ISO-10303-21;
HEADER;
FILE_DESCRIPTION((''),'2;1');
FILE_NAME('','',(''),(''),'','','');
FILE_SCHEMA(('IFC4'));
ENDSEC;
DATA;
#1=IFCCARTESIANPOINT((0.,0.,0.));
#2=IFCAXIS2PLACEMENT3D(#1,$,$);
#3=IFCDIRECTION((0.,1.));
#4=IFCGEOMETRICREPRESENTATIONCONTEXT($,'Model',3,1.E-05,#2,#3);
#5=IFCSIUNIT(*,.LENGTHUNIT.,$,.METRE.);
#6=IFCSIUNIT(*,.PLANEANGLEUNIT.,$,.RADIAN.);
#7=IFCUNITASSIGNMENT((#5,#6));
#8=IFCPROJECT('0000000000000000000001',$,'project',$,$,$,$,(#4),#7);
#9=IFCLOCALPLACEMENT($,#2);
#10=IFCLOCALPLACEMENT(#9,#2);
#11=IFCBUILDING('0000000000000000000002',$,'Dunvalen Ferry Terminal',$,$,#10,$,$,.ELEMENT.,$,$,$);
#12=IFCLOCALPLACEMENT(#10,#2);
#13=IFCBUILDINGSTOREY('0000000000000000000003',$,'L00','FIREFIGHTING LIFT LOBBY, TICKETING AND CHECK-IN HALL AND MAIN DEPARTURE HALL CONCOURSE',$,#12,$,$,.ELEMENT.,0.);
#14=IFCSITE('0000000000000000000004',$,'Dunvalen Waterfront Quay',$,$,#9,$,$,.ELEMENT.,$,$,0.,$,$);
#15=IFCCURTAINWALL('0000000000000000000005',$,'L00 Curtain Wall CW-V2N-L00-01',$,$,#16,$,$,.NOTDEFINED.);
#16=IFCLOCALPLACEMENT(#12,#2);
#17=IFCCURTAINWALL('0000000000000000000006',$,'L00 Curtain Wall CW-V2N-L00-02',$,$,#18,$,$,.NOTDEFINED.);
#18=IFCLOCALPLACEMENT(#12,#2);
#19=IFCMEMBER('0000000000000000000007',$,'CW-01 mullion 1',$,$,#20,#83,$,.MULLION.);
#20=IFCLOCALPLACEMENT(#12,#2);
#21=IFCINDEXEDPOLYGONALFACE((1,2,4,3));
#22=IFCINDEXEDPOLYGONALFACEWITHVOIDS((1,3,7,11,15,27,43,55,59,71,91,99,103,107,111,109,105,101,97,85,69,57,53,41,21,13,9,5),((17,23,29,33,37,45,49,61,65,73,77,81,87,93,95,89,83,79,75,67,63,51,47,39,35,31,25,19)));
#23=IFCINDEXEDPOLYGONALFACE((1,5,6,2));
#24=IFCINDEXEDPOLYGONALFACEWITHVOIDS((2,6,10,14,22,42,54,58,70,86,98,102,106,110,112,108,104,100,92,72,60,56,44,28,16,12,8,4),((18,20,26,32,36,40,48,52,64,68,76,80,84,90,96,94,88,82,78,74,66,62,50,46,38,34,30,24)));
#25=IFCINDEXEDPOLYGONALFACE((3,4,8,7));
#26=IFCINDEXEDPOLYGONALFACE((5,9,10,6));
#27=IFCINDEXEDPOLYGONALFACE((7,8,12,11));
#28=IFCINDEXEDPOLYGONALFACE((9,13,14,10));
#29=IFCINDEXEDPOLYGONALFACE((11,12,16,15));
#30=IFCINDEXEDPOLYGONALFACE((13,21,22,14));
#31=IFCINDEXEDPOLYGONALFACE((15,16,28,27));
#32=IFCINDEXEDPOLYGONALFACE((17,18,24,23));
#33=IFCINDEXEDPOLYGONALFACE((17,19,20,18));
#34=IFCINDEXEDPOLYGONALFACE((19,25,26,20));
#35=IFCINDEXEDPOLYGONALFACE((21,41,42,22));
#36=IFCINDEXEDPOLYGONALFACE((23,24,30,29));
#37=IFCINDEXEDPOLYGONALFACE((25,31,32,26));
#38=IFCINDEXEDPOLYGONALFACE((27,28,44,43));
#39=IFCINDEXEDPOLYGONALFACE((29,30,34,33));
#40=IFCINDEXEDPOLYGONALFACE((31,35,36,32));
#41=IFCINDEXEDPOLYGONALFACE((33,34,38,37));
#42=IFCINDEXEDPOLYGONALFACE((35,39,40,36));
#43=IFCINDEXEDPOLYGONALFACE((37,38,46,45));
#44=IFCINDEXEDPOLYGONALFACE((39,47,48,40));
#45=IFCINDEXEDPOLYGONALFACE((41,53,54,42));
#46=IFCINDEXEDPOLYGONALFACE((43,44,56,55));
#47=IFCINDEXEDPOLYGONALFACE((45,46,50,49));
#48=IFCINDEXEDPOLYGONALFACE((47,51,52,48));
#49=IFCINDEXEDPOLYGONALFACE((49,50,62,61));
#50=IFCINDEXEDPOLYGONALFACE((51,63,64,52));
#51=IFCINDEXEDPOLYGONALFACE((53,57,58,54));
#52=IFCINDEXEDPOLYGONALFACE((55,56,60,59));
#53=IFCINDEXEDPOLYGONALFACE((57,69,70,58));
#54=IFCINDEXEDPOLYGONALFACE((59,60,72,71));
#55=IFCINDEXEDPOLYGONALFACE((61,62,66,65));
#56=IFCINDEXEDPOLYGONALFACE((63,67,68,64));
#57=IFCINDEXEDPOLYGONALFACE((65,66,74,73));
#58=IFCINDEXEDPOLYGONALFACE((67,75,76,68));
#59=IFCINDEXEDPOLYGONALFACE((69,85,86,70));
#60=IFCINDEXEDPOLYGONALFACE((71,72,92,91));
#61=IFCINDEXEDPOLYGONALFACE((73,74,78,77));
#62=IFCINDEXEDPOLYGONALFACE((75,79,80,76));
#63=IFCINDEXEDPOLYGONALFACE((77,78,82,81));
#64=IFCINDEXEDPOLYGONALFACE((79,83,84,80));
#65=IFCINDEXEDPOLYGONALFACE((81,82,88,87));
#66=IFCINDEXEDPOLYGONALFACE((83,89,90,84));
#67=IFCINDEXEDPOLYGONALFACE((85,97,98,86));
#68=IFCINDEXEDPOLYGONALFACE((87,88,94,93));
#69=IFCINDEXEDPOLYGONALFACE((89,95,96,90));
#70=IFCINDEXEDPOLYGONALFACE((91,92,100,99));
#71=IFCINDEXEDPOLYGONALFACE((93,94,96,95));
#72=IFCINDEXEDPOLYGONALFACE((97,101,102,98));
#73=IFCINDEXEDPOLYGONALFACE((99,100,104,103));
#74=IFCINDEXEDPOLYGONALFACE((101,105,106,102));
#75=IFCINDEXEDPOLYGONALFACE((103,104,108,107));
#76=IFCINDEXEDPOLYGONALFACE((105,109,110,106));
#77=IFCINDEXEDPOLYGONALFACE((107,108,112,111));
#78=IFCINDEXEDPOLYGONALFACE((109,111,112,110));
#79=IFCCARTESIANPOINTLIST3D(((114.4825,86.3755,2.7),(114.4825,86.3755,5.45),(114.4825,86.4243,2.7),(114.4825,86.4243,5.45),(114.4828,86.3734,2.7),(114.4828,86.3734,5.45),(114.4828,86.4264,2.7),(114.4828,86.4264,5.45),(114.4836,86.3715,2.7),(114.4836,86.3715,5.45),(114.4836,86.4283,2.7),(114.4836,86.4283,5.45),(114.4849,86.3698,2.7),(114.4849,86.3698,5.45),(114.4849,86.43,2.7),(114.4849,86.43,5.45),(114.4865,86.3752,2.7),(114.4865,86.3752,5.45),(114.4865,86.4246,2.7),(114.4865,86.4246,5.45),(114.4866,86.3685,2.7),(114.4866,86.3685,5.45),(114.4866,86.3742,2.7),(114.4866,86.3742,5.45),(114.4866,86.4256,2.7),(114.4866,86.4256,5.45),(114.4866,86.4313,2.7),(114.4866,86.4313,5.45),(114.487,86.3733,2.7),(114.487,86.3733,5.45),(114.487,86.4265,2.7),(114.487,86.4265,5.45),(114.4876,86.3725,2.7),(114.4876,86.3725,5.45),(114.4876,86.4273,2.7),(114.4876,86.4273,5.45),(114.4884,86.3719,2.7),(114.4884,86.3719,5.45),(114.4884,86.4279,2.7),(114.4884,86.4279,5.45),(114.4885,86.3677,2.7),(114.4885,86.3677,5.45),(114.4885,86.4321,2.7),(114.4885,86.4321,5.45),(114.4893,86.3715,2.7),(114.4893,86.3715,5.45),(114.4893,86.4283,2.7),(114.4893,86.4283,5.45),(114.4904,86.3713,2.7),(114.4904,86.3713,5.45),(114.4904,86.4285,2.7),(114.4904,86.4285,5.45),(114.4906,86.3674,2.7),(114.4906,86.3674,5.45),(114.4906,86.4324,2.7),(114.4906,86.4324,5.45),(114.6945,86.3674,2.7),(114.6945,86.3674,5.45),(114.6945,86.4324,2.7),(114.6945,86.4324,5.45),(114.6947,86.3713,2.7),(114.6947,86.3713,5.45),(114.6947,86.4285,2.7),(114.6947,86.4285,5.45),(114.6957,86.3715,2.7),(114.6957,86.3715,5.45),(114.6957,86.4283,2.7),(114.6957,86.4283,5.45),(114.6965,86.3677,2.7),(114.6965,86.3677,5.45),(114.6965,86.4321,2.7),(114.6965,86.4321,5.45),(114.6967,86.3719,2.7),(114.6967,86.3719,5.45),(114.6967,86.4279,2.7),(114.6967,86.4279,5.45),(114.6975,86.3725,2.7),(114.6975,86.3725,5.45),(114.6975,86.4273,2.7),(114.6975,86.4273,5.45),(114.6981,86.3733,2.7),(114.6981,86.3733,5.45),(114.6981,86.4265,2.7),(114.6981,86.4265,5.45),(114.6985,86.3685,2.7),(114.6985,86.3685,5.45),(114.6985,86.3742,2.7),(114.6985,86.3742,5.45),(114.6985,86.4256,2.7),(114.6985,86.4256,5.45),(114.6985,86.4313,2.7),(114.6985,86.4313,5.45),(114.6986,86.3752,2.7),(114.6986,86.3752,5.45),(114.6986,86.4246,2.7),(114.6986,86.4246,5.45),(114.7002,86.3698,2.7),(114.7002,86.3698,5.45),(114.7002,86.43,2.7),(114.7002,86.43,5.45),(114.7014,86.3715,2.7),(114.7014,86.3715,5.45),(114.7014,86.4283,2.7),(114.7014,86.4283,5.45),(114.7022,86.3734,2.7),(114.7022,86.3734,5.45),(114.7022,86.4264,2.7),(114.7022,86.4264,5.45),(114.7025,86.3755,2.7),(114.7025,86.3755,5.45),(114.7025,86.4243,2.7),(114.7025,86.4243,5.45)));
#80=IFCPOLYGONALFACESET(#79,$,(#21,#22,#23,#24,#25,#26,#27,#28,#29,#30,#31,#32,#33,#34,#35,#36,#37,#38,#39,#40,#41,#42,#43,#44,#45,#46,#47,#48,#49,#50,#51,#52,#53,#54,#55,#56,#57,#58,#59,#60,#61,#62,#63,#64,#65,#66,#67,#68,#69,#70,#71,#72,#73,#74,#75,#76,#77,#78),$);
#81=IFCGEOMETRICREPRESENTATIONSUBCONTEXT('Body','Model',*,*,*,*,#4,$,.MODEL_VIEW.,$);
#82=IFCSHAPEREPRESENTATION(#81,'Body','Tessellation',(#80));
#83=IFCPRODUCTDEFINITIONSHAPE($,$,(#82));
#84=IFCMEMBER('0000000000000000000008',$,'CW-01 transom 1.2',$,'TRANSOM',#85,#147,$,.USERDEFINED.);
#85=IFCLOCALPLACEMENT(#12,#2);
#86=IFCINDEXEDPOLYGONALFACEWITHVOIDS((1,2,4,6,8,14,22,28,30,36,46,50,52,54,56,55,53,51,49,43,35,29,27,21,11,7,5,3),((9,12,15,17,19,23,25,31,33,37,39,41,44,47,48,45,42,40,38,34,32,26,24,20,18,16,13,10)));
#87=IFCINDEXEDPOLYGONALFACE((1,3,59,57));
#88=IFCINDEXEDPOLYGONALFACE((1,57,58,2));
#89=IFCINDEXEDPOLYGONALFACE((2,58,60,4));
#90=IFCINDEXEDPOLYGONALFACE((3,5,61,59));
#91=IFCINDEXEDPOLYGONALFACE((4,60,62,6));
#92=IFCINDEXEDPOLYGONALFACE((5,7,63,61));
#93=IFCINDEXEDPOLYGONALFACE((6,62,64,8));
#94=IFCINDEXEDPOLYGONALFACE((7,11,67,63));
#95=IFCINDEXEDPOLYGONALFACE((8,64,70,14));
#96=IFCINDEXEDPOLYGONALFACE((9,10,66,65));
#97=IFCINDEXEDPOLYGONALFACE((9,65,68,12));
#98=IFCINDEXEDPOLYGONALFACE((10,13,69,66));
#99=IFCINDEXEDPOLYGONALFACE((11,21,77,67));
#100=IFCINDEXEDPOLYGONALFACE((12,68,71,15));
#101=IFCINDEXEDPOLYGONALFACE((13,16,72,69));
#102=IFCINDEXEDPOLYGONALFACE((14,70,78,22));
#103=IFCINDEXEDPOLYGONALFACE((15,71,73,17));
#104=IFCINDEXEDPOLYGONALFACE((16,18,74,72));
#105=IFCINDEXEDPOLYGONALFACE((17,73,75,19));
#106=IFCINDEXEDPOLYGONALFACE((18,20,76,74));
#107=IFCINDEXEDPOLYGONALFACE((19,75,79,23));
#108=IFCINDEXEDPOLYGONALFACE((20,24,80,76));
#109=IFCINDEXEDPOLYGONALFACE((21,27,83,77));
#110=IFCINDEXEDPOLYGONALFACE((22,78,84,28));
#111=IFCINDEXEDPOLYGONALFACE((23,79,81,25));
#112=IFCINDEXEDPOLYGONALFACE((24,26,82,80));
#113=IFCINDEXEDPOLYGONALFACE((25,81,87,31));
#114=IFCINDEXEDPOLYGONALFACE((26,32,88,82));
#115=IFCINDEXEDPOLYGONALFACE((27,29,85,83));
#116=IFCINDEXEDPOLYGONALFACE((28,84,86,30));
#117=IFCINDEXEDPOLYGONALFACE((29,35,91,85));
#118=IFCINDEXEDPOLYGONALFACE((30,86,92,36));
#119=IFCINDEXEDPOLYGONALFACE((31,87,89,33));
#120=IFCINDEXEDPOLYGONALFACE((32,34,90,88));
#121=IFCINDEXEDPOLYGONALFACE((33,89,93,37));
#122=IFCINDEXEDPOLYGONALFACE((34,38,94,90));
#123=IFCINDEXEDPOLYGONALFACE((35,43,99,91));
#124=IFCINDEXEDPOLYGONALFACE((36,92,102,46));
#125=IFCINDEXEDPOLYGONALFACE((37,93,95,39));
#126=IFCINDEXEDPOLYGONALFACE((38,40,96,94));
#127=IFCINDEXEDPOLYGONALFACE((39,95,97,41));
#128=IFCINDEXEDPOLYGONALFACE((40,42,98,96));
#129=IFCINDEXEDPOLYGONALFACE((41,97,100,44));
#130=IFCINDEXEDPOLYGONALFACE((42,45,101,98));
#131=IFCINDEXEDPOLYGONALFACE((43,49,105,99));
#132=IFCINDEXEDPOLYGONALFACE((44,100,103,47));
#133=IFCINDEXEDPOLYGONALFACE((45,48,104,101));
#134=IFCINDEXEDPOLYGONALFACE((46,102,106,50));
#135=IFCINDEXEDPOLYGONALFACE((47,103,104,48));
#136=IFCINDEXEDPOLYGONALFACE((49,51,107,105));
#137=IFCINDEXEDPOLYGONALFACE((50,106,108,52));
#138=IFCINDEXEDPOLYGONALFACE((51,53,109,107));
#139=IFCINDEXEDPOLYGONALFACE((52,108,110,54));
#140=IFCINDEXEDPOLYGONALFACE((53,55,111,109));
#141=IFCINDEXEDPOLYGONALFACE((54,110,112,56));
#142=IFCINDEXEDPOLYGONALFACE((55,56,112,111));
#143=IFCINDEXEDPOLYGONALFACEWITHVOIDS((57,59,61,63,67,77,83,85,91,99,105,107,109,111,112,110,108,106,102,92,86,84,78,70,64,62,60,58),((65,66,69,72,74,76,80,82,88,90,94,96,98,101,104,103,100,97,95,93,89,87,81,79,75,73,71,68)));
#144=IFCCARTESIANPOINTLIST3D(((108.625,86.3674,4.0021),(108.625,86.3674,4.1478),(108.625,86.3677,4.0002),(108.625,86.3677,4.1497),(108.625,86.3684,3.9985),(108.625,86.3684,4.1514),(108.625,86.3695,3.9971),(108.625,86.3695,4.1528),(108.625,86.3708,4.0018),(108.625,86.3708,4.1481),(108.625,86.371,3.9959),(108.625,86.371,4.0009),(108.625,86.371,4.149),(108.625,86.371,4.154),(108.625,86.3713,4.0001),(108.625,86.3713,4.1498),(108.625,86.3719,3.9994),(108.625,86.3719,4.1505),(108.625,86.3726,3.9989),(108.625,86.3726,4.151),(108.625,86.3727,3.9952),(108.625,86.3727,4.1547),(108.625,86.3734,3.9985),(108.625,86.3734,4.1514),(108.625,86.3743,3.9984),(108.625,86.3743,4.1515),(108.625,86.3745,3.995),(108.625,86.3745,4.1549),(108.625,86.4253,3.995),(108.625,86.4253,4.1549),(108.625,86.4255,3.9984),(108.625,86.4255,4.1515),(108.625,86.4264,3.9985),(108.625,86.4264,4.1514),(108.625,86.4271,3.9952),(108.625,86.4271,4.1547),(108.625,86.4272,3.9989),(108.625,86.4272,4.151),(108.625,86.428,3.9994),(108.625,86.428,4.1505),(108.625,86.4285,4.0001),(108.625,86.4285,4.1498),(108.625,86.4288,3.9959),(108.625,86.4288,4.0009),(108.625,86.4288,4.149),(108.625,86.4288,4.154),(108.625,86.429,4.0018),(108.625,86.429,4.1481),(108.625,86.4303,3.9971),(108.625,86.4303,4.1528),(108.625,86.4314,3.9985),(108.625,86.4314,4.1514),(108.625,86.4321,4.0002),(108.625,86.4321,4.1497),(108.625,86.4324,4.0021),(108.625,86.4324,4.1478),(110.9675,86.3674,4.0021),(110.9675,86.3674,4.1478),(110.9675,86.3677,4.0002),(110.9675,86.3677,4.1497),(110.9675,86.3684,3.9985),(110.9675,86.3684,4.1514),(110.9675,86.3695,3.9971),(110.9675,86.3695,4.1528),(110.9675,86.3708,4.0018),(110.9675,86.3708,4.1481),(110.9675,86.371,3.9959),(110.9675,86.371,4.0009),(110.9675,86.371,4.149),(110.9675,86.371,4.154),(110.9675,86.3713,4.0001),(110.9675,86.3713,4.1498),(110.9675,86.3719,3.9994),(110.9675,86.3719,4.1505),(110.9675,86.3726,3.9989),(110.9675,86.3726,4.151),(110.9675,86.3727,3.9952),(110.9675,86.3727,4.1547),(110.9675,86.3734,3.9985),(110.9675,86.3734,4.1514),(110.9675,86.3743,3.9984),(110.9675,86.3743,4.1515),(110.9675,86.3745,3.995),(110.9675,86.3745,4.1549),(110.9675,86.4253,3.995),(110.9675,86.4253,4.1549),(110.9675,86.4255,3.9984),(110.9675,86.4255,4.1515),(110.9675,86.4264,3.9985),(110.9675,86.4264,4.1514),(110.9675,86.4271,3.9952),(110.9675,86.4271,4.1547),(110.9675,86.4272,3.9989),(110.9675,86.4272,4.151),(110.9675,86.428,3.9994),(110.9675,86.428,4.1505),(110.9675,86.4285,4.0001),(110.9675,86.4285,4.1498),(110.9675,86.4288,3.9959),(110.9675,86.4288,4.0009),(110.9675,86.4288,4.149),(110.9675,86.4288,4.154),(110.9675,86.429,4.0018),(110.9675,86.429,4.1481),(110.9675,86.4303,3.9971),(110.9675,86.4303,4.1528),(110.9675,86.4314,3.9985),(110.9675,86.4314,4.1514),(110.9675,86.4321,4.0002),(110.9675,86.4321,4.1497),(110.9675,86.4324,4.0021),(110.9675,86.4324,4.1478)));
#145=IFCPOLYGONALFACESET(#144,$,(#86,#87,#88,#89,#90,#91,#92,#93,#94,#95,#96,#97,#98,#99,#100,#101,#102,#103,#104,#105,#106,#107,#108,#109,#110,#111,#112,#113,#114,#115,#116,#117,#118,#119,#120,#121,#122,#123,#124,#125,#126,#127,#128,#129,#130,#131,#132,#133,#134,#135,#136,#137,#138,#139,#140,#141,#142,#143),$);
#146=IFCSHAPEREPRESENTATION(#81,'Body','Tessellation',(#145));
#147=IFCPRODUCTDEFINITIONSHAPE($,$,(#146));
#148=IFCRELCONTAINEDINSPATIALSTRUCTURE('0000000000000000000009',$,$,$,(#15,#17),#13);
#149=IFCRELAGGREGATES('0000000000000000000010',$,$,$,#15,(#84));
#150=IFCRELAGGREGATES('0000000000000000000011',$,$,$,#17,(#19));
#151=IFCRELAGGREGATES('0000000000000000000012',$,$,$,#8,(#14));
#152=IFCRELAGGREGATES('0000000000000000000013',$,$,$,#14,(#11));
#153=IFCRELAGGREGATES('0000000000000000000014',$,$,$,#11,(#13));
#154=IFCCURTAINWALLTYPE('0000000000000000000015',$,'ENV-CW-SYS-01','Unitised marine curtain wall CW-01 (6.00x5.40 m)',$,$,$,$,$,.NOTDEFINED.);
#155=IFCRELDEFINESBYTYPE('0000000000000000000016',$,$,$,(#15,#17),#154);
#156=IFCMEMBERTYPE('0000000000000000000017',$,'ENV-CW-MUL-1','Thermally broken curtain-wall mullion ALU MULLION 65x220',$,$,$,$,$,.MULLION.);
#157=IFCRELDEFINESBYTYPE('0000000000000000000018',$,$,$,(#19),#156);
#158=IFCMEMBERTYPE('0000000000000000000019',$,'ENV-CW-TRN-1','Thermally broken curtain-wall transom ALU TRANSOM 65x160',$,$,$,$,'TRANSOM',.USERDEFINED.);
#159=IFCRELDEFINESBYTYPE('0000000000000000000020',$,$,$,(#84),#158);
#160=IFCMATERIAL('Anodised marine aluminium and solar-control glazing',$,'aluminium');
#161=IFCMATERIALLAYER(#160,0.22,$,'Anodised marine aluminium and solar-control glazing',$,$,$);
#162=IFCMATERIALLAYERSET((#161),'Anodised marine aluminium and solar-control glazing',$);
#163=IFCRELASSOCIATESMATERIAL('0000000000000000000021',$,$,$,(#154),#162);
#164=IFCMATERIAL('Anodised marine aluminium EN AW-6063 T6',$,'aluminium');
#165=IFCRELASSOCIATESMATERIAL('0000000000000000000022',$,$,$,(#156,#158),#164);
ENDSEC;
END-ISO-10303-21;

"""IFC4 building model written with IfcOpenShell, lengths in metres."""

from ifc_helpers import new_model, si_unit, direction, frame, origin, origin_2d, place, context, subcontext, project, spatial, hollow_rectangle, extrude, material, layer, layer_set, material_profile, profile_set, type_object, element, aggregate, save


model = new_model("IFC4")

# Units and contexts
model_context = context("Model", 3, precision=1e-05, world=origin(), true_north=direction((0.0, 1.0)))
body_context = subcontext(model_context, "Body", "Model", "MODEL_VIEW")
ifc_project = project(units=[si_unit("LENGTHUNIT", "METRE"), si_unit("PLANEANGLEUNIT", "RADIAN")], contexts=[model_context])

# Site, building, storey
site_placement = place(None, origin())
site = spatial("IfcSite", under=ifc_project, at=site_placement, Name="Dunvalen Waterfront Quay", CompositionType="ELEMENT", RefElevation=0.0)
building_placement = place(site_placement, origin())
building = spatial("IfcBuilding", under=site, at=building_placement, Name="Dunvalen Ferry Terminal", CompositionType="ELEMENT")
storey_placement = place(building_placement, origin())
storey = spatial("IfcBuildingStorey", under=building, at=storey_placement, Name="L00", Description="FIREFIGHTING LIFT LOBBY, TICKETING AND CHECK-IN HALL AND MAIN DEPARTURE HALL CONCOURSE", CompositionType="ELEMENT", Elevation=0.0)

# Curtain wall
ifc_material_1 = material(Name="Anodised marine aluminium and solar-control glazing", Category="aluminium")
ifc_layer_1 = layer(ifc_material_1, 0.22, Name="Anodised marine aluminium and solar-control glazing")
ifc_layer_set_1 = layer_set([ifc_layer_1], Name="Anodised marine aluminium and solar-control glazing")
curtain_wall_type = type_object("IfcCurtainWallType", Name="ENV-CW-SYS-01", Description="Unitised marine curtain wall CW-01 (6.00x5.40 m)", PredefinedType="NOTDEFINED", material=ifc_layer_set_1)
curtain_wall_1_placement = place(storey_placement, origin())
curtain_wall_1 = element("IfcCurtainWall", 1, at=curtain_wall_1_placement, inside=storey, type_object=curtain_wall_type, Name="L00 Curtain Wall CW-V2N-L00-01", PredefinedType="NOTDEFINED")
ifc_material_2 = material(Name="Anodised marine aluminium EN AW-6063 T6", Category="aluminium")
ifc_material_profile_1 = material_profile(ifc_material_2, hollow_rectangle(XDim=0.0649, YDim=0.22, WallThickness=0.0039, InnerFilletRadius=0.0039, OuterFilletRadius=0.0081, at=origin_2d()), Name="Anodised marine aluminium EN AW-6063 T6")
ifc_profile_set_1 = profile_set([ifc_material_profile_1], Name="Anodised marine aluminium EN AW-6063 T6")
member_type_1 = type_object("IfcMemberType", Name="ENV-CW-MUL-1", Description="Thermally broken curtain-wall mullion ALU MULLION 65x220", PredefinedType="MULLION", material=ifc_profile_set_1)

# Curtain wall, member
curtain_wall_2_placement = place(storey_placement, origin())
curtain_wall_2 = element("IfcCurtainWall", 2, at=curtain_wall_2_placement, inside=storey, type_object=curtain_wall_type, Name="L00 Curtain Wall CW-V2N-L00-02", PredefinedType="NOTDEFINED")
member_1_placement = place(storey_placement, frame((114.5925, 86.3999, 2.7), z_axis=(0.0, 0.0, 1.0), x_axis=(0.0, 1.0, 0.0)))
member_1 = element("IfcMember", 3, at=member_1_placement, type_object=member_type_1, Name="CW-01 mullion 1", PredefinedType="MULLION", context=body_context, shape_type="SweptSolid", body=[
    extrude(hollow_rectangle(XDim=0.0649, YDim=0.22, WallThickness=0.0039, InnerFilletRadius=0.0039, OuterFilletRadius=0.0081, at=origin_2d()), origin(), (0.0, 0.0, 1.0), 2.75),
])

# Member
ifc_material_profile_2 = material_profile(ifc_material_2, hollow_rectangle(XDim=0.0649, YDim=0.1599, WallThickness=0.0034, InnerFilletRadius=0.0034, OuterFilletRadius=0.0071, at=origin_2d()), Name="Anodised marine aluminium EN AW-6063 T6")
ifc_profile_set_2 = profile_set([ifc_material_profile_2], Name="Anodised marine aluminium EN AW-6063 T6")
member_type_2 = type_object("IfcMemberType", Name="ENV-CW-TRN-1", Description="Thermally broken curtain-wall transom ALU TRANSOM 65x160", ElementType="TRANSOM", PredefinedType="USERDEFINED", material=ifc_profile_set_2)
member_2_placement = place(storey_placement, frame((108.625, 86.3999, 4.075), z_axis=(1.0, 0.0, 0.0), x_axis=(0.0, 1.0, 0.0)))
member_2 = element("IfcMember", 4, at=member_2_placement, type_object=member_type_2, Name="CW-01 transom 1.2", ObjectType="TRANSOM", PredefinedType="USERDEFINED", context=body_context, shape_type="SweptSolid", body=[
    extrude(hollow_rectangle(XDim=0.0649, YDim=0.1599, WallThickness=0.0034, InnerFilletRadius=0.0034, OuterFilletRadius=0.0071, at=origin_2d()), origin(), (0.0, 0.0, 1.0), 2.3425),
])

aggregate(curtain_wall_1, [member_2])
aggregate(curtain_wall_2, [member_1])

save(model, "model.ifc")
